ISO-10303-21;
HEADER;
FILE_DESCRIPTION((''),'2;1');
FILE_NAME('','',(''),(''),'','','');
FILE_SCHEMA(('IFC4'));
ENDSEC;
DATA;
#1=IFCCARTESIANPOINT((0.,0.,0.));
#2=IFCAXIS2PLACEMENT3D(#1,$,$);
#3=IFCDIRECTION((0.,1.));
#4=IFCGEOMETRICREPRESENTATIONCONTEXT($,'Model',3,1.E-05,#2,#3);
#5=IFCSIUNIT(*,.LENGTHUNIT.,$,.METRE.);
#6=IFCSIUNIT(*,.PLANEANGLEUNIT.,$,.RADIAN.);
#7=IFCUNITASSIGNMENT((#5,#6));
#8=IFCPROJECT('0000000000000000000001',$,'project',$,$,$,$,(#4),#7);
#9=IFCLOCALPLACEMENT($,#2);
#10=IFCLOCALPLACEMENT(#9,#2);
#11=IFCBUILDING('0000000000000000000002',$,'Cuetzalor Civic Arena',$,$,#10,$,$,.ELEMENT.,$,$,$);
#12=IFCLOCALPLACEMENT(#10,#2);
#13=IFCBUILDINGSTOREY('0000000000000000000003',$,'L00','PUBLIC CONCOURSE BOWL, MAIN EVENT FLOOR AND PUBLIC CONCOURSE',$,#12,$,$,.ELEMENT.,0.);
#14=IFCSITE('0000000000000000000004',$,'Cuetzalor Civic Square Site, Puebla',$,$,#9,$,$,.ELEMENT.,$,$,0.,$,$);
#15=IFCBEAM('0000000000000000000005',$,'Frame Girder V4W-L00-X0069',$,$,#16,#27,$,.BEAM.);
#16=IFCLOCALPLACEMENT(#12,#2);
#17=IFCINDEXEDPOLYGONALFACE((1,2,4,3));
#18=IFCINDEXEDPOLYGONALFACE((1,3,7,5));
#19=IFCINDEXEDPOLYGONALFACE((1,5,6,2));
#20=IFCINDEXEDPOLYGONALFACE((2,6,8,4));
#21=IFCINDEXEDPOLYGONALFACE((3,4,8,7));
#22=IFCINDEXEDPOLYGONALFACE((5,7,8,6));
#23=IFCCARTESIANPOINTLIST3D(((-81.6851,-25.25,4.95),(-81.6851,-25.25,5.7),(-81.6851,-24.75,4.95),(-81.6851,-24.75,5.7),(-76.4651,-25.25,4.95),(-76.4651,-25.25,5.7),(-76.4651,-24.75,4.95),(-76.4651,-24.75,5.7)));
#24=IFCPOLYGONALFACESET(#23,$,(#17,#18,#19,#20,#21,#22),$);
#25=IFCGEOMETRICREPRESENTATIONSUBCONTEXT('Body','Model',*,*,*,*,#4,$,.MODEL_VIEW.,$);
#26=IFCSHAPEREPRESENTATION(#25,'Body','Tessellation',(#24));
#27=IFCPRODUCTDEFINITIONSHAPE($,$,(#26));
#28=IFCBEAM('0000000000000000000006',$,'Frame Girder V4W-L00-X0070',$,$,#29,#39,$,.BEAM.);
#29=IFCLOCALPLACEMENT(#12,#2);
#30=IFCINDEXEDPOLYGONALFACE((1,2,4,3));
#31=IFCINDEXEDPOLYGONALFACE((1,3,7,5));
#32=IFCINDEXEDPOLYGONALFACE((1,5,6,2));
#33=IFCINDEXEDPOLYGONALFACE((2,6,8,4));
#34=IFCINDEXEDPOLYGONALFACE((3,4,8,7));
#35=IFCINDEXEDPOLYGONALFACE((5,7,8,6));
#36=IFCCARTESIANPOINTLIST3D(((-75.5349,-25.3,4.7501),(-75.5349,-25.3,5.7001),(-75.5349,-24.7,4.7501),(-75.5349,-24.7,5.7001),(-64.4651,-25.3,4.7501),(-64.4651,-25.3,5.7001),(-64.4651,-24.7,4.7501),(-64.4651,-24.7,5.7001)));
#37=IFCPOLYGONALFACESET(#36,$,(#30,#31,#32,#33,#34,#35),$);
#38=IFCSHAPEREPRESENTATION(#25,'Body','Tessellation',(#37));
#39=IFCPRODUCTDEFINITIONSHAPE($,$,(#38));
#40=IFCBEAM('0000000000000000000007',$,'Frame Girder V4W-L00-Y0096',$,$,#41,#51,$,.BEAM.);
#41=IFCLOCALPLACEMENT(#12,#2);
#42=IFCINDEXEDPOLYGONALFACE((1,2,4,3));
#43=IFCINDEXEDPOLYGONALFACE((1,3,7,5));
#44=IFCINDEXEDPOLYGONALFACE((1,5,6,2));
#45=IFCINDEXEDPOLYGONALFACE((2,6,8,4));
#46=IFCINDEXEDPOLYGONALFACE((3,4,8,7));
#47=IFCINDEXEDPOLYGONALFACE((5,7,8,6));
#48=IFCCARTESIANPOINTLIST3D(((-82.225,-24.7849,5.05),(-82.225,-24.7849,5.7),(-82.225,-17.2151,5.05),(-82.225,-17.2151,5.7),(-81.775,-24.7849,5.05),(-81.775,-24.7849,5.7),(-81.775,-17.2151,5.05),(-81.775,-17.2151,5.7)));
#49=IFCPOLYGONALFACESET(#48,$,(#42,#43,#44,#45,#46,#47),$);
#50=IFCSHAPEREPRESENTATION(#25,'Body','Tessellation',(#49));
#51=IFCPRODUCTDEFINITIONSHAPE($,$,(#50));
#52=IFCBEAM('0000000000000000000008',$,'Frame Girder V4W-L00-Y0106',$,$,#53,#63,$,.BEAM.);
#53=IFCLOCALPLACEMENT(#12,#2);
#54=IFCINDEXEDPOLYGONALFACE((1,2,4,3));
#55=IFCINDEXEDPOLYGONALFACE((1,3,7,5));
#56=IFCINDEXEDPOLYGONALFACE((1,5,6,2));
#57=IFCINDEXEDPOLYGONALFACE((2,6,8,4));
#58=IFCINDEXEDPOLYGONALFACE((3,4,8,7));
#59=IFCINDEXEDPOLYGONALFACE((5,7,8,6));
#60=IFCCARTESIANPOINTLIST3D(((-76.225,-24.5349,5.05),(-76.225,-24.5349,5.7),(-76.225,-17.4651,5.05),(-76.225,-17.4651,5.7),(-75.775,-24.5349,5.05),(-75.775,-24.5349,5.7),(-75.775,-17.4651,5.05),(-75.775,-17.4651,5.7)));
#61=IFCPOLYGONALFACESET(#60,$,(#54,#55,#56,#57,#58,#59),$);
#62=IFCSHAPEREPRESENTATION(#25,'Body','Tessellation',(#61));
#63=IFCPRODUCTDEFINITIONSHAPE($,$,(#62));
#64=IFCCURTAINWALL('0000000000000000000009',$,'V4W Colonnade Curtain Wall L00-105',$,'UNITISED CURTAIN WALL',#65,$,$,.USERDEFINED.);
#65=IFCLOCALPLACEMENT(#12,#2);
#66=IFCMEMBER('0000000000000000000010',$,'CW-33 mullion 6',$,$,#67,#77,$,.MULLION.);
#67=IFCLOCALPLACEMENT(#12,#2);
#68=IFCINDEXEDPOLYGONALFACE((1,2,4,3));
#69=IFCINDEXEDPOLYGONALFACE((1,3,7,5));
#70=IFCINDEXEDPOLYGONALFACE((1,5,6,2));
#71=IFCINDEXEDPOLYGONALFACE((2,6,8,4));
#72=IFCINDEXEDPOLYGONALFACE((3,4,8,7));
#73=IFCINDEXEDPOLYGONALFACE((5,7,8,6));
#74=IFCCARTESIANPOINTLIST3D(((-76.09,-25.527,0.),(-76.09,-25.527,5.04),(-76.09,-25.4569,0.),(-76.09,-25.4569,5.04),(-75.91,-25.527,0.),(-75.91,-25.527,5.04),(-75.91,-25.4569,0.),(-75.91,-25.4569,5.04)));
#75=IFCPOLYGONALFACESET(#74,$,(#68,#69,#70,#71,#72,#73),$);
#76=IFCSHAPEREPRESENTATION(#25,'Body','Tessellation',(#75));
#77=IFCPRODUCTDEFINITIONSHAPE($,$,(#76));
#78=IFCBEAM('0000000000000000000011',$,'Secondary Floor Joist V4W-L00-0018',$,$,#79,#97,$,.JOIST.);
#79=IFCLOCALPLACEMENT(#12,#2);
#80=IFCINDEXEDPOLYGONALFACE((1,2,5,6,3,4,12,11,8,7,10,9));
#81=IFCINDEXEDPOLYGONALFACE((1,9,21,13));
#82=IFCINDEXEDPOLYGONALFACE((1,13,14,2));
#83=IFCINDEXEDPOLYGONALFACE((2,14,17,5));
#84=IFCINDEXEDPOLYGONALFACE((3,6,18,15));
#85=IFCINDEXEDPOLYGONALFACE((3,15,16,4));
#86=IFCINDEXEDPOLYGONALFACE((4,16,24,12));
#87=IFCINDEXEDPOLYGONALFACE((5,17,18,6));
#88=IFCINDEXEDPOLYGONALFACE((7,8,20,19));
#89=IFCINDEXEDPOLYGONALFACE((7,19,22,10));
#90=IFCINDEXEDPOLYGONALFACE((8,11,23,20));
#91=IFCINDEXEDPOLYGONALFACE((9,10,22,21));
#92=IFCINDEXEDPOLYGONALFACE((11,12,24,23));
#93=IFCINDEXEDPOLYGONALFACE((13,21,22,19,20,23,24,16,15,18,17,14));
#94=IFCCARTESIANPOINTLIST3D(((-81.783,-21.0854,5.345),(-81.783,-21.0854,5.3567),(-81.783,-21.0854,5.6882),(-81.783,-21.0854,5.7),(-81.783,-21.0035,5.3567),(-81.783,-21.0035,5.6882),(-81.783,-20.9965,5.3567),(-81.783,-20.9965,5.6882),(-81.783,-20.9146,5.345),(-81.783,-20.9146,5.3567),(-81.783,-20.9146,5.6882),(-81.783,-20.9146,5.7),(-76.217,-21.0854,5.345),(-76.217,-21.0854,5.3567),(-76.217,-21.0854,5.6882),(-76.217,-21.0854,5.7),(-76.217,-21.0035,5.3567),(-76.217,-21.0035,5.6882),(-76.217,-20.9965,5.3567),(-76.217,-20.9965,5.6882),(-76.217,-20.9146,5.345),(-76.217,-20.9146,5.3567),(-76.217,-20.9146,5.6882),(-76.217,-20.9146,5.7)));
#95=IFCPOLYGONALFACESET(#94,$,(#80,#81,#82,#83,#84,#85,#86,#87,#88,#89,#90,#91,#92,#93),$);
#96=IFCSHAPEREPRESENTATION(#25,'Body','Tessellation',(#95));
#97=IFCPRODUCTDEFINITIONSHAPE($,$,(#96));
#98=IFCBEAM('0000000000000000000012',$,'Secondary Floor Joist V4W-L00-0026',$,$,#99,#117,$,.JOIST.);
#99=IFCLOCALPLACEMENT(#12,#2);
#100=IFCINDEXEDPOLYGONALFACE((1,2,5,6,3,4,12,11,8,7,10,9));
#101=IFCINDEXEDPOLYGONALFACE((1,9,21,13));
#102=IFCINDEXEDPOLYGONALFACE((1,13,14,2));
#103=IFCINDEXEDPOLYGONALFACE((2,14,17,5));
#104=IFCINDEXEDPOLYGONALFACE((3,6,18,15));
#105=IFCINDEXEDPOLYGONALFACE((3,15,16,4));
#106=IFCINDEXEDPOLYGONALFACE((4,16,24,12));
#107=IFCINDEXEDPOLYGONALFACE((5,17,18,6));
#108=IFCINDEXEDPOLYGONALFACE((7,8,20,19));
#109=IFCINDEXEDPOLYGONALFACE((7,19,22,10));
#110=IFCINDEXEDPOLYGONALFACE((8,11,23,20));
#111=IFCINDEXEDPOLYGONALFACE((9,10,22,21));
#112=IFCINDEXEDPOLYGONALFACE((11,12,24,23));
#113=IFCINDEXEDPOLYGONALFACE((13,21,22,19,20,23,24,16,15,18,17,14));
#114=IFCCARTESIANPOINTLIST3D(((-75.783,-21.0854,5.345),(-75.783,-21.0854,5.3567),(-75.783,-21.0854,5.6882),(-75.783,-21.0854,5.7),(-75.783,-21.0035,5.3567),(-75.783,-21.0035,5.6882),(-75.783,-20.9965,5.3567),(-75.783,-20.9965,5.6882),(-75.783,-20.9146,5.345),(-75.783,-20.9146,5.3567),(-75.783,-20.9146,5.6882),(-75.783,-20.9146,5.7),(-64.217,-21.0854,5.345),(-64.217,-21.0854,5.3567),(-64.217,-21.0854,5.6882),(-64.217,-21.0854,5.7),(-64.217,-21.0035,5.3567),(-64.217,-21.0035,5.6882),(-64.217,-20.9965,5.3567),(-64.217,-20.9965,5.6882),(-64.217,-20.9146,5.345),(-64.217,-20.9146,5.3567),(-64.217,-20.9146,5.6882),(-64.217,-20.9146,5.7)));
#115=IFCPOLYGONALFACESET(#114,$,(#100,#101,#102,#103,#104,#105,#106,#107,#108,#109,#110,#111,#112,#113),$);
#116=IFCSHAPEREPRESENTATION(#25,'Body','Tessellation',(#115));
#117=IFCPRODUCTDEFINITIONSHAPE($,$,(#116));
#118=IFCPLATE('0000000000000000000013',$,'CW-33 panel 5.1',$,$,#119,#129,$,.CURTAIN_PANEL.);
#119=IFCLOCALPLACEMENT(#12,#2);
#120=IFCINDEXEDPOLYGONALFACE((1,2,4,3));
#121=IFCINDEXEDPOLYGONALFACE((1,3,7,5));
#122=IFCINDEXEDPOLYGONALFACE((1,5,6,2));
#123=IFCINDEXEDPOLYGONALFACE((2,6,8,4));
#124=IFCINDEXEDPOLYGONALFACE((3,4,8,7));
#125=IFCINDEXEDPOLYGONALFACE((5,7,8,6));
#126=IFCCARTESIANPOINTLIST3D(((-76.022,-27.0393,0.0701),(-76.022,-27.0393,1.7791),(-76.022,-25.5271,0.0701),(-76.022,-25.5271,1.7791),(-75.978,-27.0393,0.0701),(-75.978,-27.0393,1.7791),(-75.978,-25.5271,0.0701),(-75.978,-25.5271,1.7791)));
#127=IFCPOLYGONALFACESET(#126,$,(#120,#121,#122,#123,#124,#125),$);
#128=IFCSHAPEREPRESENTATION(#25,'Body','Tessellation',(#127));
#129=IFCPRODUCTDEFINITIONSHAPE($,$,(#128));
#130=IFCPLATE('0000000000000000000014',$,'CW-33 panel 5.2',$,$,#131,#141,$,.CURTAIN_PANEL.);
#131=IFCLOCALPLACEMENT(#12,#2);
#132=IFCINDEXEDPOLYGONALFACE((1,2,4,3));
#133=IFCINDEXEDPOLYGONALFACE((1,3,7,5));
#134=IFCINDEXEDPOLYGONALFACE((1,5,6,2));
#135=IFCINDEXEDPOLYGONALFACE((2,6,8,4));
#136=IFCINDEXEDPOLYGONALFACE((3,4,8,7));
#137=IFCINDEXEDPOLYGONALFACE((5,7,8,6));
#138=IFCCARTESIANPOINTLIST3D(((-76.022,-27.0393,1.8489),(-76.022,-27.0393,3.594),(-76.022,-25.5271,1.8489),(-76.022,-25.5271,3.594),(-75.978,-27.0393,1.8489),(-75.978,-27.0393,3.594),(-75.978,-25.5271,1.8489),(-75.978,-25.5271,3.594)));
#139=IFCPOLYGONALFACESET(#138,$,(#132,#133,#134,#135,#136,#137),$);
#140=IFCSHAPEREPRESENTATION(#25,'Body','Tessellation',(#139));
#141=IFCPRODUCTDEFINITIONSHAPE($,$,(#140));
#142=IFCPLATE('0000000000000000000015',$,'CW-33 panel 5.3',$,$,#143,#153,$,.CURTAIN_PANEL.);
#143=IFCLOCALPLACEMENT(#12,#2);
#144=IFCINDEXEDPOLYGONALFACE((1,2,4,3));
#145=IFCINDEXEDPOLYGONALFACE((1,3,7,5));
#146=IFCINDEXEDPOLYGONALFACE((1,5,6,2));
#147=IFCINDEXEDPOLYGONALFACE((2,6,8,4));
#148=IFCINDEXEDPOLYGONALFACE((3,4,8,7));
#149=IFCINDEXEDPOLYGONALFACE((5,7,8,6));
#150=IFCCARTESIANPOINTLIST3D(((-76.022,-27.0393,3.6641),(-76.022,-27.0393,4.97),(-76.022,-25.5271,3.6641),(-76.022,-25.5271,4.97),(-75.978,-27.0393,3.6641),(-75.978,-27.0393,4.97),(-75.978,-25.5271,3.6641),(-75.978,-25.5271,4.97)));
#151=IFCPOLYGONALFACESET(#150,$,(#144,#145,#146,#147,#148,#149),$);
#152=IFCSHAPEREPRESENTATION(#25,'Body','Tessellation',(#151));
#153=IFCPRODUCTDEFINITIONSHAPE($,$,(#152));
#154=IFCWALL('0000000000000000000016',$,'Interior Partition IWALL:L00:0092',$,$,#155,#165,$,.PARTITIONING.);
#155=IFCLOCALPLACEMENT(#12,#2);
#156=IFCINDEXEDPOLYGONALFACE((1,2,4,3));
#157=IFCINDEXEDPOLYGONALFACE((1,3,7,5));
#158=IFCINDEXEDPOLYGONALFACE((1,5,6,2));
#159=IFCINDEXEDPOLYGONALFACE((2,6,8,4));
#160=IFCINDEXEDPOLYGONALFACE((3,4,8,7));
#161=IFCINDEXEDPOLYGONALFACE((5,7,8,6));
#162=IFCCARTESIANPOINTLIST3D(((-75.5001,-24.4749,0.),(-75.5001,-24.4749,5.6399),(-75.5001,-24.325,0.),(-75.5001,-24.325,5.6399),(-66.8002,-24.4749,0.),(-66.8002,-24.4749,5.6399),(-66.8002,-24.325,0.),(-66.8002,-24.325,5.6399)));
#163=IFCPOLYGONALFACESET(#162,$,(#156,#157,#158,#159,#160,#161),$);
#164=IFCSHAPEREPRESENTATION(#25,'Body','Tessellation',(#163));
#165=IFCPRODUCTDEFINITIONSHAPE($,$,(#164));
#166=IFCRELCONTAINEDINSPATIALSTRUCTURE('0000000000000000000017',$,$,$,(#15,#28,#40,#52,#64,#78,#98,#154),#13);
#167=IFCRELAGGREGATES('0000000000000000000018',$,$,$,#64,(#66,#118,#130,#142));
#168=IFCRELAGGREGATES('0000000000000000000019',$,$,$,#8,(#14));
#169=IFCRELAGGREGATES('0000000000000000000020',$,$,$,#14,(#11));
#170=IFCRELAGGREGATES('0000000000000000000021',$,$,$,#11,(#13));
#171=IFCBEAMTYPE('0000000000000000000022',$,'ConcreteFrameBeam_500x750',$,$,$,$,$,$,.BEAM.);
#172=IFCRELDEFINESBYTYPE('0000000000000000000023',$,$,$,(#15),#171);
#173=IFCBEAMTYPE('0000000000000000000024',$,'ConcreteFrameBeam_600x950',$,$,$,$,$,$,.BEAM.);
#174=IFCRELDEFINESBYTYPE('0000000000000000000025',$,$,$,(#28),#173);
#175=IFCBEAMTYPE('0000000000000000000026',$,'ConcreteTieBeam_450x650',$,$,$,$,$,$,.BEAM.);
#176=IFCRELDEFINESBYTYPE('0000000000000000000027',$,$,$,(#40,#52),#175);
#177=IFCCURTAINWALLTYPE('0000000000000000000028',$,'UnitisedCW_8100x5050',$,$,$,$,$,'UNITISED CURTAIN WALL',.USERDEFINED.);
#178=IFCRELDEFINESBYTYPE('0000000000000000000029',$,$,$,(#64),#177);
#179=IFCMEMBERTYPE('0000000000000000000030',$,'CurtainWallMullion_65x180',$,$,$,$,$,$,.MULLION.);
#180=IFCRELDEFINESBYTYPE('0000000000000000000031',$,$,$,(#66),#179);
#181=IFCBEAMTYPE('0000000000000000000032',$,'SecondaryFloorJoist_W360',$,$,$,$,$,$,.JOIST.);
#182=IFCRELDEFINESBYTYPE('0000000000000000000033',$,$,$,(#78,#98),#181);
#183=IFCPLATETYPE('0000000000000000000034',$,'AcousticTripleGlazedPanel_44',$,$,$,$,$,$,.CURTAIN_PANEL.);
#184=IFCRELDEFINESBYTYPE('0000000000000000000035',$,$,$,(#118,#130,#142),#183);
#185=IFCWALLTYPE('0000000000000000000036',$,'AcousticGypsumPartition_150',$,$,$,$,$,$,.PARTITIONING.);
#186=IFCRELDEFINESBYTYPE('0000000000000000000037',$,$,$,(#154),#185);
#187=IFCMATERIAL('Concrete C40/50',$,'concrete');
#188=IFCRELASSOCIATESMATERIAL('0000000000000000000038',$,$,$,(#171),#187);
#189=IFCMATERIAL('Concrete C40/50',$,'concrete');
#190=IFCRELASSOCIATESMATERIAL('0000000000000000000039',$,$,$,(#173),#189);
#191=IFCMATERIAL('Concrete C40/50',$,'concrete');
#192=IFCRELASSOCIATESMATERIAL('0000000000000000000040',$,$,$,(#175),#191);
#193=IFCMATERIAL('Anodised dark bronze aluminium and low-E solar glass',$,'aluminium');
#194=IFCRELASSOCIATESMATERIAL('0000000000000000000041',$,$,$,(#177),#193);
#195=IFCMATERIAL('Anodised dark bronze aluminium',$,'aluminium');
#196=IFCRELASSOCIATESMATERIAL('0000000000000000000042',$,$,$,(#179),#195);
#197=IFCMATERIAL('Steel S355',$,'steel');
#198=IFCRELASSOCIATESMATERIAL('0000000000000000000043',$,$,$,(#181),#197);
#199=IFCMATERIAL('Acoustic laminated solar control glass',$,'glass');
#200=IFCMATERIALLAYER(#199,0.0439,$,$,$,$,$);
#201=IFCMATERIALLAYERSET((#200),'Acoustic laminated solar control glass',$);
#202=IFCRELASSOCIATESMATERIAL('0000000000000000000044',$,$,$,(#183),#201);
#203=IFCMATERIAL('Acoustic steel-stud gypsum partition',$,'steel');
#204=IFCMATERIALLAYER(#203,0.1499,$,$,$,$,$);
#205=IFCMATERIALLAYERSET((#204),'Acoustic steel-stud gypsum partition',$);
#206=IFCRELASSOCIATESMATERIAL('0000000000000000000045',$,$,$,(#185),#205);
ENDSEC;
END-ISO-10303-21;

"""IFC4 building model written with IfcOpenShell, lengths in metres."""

from ifc_helpers import new_model, si_unit, direction, frame, frame_2d, origin, origin_2d, place, context, subcontext, project, spatial, rectangle, i_section, extrude, material, layer, layer_set, material_profile, profile_set, type_object, element, aggregate, save


model = new_model("IFC4")

# Units and contexts
model_context = context("Model", 3, precision=1e-05, world=origin(), true_north=direction((0.0, 1.0)))
body_context = subcontext(model_context, "Body", "Model", "MODEL_VIEW")
ifc_project = project(units=[si_unit("LENGTHUNIT", "METRE"), si_unit("PLANEANGLEUNIT", "RADIAN")], contexts=[model_context])

# Site, building, storey
site_placement = place(None, origin())
site = spatial("IfcSite", under=ifc_project, at=site_placement, Name="Cuetzalor Civic Square Site, Puebla", CompositionType="ELEMENT", RefElevation=0.0)
building_placement = place(site_placement, origin())
building = spatial("IfcBuilding", under=site, at=building_placement, Name="Cuetzalor Civic Arena", CompositionType="ELEMENT")
storey_placement = place(building_placement, origin())
storey = spatial("IfcBuildingStorey", under=building, at=storey_placement, Name="L00", Description="PUBLIC CONCOURSE BOWL, MAIN EVENT FLOOR AND PUBLIC CONCOURSE", CompositionType="ELEMENT", Elevation=0.0)

# Beams
ifc_material_1 = material(Name="Concrete C40/50", Category="concrete")
ifc_material_profile_1 = material_profile(ifc_material_1, rectangle(XDim=0.5, YDim=0.75, at=origin_2d()), Name="RC 500x750")
ifc_profile_set_1 = profile_set([ifc_material_profile_1], Name="Concrete C40/50")
beam_type_1 = type_object("IfcBeamType", Name="ConcreteFrameBeam_500x750", PredefinedType="BEAM", material=ifc_profile_set_1)
beam_1_placement = place(storey_placement, frame((-81.6851, -25.0, 5.325), z_axis=(1.0, 0.0, 0.0), x_axis=(0.0, 1.0, 0.0)))
element("IfcBeam", 1, at=beam_1_placement, inside=storey, type_object=beam_type_1, Name="Frame Girder V4W-L00-X0069", PredefinedType="BEAM", context=body_context, shape_type="SweptSolid", body=[
    extrude(rectangle(XDim=0.5, YDim=0.75, at=origin_2d()), origin(), (0.0, 0.0, 1.0), 5.22),
])
ifc_material_2 = material(Name="Concrete C40/50", Category="concrete")
ifc_material_profile_2 = material_profile(ifc_material_2, rectangle(XDim=0.6001, YDim=0.95, at=origin_2d()), Name="RC 600x950")
ifc_profile_set_2 = profile_set([ifc_material_profile_2], Name="Concrete C40/50")
beam_type_2 = type_object("IfcBeamType", Name="ConcreteFrameBeam_600x950", PredefinedType="BEAM", material=ifc_profile_set_2)
beam_2_placement = place(storey_placement, frame((-75.5349, -25.0, 5.2251), z_axis=(1.0, 0.0, 0.0), x_axis=(0.0, 1.0, 0.0)))
element("IfcBeam", 2, at=beam_2_placement, inside=storey, type_object=beam_type_2, Name="Frame Girder V4W-L00-X0070", PredefinedType="BEAM", context=body_context, shape_type="SweptSolid", body=[
    extrude(rectangle(XDim=0.6001, YDim=0.95, at=origin_2d()), origin(), (0.0, 0.0, 1.0), 11.0698),
])
ifc_material_3 = material(Name="Concrete C40/50", Category="concrete")
ifc_material_profile_3 = material_profile(ifc_material_3, rectangle(XDim=0.45, YDim=0.6499, at=origin_2d()), Name="RC 450x650")
ifc_profile_set_3 = profile_set([ifc_material_profile_3], Name="Concrete C40/50")
beam_type_3 = type_object("IfcBeamType", Name="ConcreteTieBeam_450x650", PredefinedType="BEAM", material=ifc_profile_set_3)
beam_3_placement = place(storey_placement, frame((-82.0, -24.7849, 5.375), z_axis=(0.0, 1.0, 0.0), x_axis=(-1.0, 0.0, 0.0)))
element("IfcBeam", 3, at=beam_3_placement, inside=storey, type_object=beam_type_3, Name="Frame Girder V4W-L00-Y0096", PredefinedType="BEAM", context=body_context, shape_type="SweptSolid", body=[
    extrude(rectangle(XDim=0.45, YDim=0.6499, at=origin_2d()), origin(), (0.0, 0.0, 1.0), 7.5698),
])
beam_4_placement = place(storey_placement, frame((-76.0, -24.5349, 5.375), z_axis=(0.0, 1.0, 0.0), x_axis=(-1.0, 0.0, 0.0)))
element("IfcBeam", 4, at=beam_4_placement, inside=storey, type_object=beam_type_3, Name="Frame Girder V4W-L00-Y0106", PredefinedType="BEAM", context=body_context, shape_type="SweptSolid", body=[
    extrude(rectangle(XDim=0.45, YDim=0.6499, at=origin_2d()), origin(), (0.0, 0.0, 1.0), 7.0698),
])

# Curtain wall, member
ifc_material_4 = material(Name="Anodised dark bronze aluminium and low-E solar glass", Category="aluminium")
curtain_wall_type = type_object("IfcCurtainWallType", Name="UnitisedCW_8100x5050", ElementType="UNITISED CURTAIN WALL", PredefinedType="USERDEFINED", material=ifc_material_4)
curtain_wall_placement = place(storey_placement, origin())
curtain_wall = element("IfcCurtainWall", 5, at=curtain_wall_placement, inside=storey, type_object=curtain_wall_type, Name="V4W Colonnade Curtain Wall L00-105", ObjectType="UNITISED CURTAIN WALL", PredefinedType="USERDEFINED")
ifc_material_5 = material(Name="Anodised dark bronze aluminium", Category="aluminium")
ifc_material_profile_4 = material_profile(ifc_material_5, rectangle(XDim=0.0701, YDim=0.1799, at=origin_2d()), Name="ALU MULLION 70x180")
ifc_profile_set_4 = profile_set([ifc_material_profile_4], Name="Anodised dark bronze aluminium")
member_type = type_object("IfcMemberType", Name="CurtainWallMullion_65x180", PredefinedType="MULLION", material=ifc_profile_set_4)
member_placement = place(storey_placement, frame((-76.0, -25.4919, 0.0), z_axis=(0.0, 0.0, 1.0), x_axis=(0.0, 1.0, 0.0)))
member = element("IfcMember", 6, at=member_placement, type_object=member_type, Name="CW-33 mullion 6", PredefinedType="MULLION", context=body_context, shape_type="SweptSolid", body=[
    extrude(rectangle(XDim=0.0701, YDim=0.1799, at=origin_2d()), origin(), (0.0, 0.0, 1.0), 5.04),
])

# Beams
ifc_material_6 = material(Name="Steel S355", Category="steel")
ifc_material_profile_5 = material_profile(ifc_material_6, i_section(OverallWidth=0.1709, OverallDepth=0.355, WebThickness=0.0071, FlangeThickness=0.0117, at=origin_2d()), Name="W360x51")
ifc_profile_set_5 = profile_set([ifc_material_profile_5], Name="Steel S355")
beam_type_4 = type_object("IfcBeamType", Name="SecondaryFloorJoist_W360", PredefinedType="JOIST", material=ifc_profile_set_5)
beam_5_placement = place(storey_placement, frame((-81.783, -21.0, 5.5225), z_axis=(1.0, 0.0, 0.0), x_axis=(0.0, 1.0, 0.0)))
element("IfcBeam", 7, at=beam_5_placement, inside=storey, type_object=beam_type_4, Name="Secondary Floor Joist V4W-L00-0018", PredefinedType="JOIST", context=body_context, shape_type="SweptSolid", body=[
    extrude(i_section(OverallWidth=0.1709, OverallDepth=0.355, WebThickness=0.0071, FlangeThickness=0.0117, at=origin_2d()), origin(), (0.0, 0.0, 1.0), 5.5659),
])
beam_6_placement = place(storey_placement, frame((-75.783, -21.0, 5.5225), z_axis=(1.0, 0.0, 0.0), x_axis=(0.0, 1.0, 0.0)))
element("IfcBeam", 8, at=beam_6_placement, inside=storey, type_object=beam_type_4, Name="Secondary Floor Joist V4W-L00-0026", PredefinedType="JOIST", context=body_context, shape_type="SweptSolid", body=[
    extrude(i_section(OverallWidth=0.1709, OverallDepth=0.355, WebThickness=0.0071, FlangeThickness=0.0117, at=origin_2d()), origin(), (0.0, 0.0, 1.0), 11.5659),
])

# Plates
ifc_material_7 = material(Name="Acoustic laminated solar control glass", Category="glass")
ifc_layer_1 = layer(ifc_material_7, 0.0439)
ifc_layer_set_1 = layer_set([ifc_layer_1], Name="Acoustic laminated solar control glass")
plate_type = type_object("IfcPlateType", Name="AcousticTripleGlazedPanel_44", PredefinedType="CURTAIN_PANEL", material=ifc_layer_set_1)
plate_1_placement = place(storey_placement, frame((-76.0, -26.2832, 0.0701), z_axis=(0.0, 0.0, 1.0), x_axis=(0.0, 1.0, 0.0)))
plate_1 = element("IfcPlate", 9, at=plate_1_placement, type_object=plate_type, Name="CW-33 panel 5.1", PredefinedType="CURTAIN_PANEL", context=body_context, shape_type="SweptSolid", body=[
    extrude(rectangle(XDim=1.5122, YDim=0.0439, at=origin_2d()), origin(), (0.0, 0.0, 1.0), 1.709),
])
plate_2_placement = place(storey_placement, frame((-76.0, -26.2832, 1.8489), z_axis=(0.0, 0.0, 1.0), x_axis=(0.0, 1.0, 0.0)))
plate_2 = element("IfcPlate", 10, at=plate_2_placement, type_object=plate_type, Name="CW-33 panel 5.2", PredefinedType="CURTAIN_PANEL", context=body_context, shape_type="SweptSolid", body=[
    extrude(rectangle(XDim=1.5122, YDim=0.0439, at=origin_2d()), origin(), (0.0, 0.0, 1.0), 1.7451),
])
plate_3_placement = place(storey_placement, frame((-76.0, -26.2832, 3.6641), z_axis=(0.0, 0.0, 1.0), x_axis=(0.0, 1.0, 0.0)))
plate_3 = element("IfcPlate", 11, at=plate_3_placement, type_object=plate_type, Name="CW-33 panel 5.3", PredefinedType="CURTAIN_PANEL", context=body_context, shape_type="SweptSolid", body=[
    extrude(rectangle(XDim=1.5122, YDim=0.0439, at=origin_2d()), origin(), (0.0, 0.0, 1.0), 1.3059),
])
aggregate(curtain_wall, [member, plate_1, plate_2, plate_3])

# Wall
ifc_material_8 = material(Name="Acoustic steel-stud gypsum partition", Category="steel")
ifc_layer_2 = layer(ifc_material_8, 0.1499)
ifc_layer_set_2 = layer_set([ifc_layer_2], Name="Acoustic steel-stud gypsum partition")
wall_type_1 = type_object("IfcWallType", Name="AcousticGypsumPartition_150", PredefinedType="PARTITIONING", material=ifc_layer_set_2)
wall_1_placement = place(storey_placement, frame((-66.8, -24.3999, 0.0), z_axis=(0.0, 0.0, 1.0), x_axis=(-1.0, 0.0, 0.0)))
element("IfcWall", 12, at=wall_1_placement, inside=storey, type_object=wall_type_1, Name="Interior Partition IWALL:L00:0092", PredefinedType="PARTITIONING", context=body_context, shape_type="SweptSolid", body=[
    extrude(rectangle(XDim=8.7, YDim=0.1499, at=frame_2d((4.3501, 0.0))), origin(), (0.0, 0.0, 1.0), 5.6399),
])

save(model, "model.ifc")
